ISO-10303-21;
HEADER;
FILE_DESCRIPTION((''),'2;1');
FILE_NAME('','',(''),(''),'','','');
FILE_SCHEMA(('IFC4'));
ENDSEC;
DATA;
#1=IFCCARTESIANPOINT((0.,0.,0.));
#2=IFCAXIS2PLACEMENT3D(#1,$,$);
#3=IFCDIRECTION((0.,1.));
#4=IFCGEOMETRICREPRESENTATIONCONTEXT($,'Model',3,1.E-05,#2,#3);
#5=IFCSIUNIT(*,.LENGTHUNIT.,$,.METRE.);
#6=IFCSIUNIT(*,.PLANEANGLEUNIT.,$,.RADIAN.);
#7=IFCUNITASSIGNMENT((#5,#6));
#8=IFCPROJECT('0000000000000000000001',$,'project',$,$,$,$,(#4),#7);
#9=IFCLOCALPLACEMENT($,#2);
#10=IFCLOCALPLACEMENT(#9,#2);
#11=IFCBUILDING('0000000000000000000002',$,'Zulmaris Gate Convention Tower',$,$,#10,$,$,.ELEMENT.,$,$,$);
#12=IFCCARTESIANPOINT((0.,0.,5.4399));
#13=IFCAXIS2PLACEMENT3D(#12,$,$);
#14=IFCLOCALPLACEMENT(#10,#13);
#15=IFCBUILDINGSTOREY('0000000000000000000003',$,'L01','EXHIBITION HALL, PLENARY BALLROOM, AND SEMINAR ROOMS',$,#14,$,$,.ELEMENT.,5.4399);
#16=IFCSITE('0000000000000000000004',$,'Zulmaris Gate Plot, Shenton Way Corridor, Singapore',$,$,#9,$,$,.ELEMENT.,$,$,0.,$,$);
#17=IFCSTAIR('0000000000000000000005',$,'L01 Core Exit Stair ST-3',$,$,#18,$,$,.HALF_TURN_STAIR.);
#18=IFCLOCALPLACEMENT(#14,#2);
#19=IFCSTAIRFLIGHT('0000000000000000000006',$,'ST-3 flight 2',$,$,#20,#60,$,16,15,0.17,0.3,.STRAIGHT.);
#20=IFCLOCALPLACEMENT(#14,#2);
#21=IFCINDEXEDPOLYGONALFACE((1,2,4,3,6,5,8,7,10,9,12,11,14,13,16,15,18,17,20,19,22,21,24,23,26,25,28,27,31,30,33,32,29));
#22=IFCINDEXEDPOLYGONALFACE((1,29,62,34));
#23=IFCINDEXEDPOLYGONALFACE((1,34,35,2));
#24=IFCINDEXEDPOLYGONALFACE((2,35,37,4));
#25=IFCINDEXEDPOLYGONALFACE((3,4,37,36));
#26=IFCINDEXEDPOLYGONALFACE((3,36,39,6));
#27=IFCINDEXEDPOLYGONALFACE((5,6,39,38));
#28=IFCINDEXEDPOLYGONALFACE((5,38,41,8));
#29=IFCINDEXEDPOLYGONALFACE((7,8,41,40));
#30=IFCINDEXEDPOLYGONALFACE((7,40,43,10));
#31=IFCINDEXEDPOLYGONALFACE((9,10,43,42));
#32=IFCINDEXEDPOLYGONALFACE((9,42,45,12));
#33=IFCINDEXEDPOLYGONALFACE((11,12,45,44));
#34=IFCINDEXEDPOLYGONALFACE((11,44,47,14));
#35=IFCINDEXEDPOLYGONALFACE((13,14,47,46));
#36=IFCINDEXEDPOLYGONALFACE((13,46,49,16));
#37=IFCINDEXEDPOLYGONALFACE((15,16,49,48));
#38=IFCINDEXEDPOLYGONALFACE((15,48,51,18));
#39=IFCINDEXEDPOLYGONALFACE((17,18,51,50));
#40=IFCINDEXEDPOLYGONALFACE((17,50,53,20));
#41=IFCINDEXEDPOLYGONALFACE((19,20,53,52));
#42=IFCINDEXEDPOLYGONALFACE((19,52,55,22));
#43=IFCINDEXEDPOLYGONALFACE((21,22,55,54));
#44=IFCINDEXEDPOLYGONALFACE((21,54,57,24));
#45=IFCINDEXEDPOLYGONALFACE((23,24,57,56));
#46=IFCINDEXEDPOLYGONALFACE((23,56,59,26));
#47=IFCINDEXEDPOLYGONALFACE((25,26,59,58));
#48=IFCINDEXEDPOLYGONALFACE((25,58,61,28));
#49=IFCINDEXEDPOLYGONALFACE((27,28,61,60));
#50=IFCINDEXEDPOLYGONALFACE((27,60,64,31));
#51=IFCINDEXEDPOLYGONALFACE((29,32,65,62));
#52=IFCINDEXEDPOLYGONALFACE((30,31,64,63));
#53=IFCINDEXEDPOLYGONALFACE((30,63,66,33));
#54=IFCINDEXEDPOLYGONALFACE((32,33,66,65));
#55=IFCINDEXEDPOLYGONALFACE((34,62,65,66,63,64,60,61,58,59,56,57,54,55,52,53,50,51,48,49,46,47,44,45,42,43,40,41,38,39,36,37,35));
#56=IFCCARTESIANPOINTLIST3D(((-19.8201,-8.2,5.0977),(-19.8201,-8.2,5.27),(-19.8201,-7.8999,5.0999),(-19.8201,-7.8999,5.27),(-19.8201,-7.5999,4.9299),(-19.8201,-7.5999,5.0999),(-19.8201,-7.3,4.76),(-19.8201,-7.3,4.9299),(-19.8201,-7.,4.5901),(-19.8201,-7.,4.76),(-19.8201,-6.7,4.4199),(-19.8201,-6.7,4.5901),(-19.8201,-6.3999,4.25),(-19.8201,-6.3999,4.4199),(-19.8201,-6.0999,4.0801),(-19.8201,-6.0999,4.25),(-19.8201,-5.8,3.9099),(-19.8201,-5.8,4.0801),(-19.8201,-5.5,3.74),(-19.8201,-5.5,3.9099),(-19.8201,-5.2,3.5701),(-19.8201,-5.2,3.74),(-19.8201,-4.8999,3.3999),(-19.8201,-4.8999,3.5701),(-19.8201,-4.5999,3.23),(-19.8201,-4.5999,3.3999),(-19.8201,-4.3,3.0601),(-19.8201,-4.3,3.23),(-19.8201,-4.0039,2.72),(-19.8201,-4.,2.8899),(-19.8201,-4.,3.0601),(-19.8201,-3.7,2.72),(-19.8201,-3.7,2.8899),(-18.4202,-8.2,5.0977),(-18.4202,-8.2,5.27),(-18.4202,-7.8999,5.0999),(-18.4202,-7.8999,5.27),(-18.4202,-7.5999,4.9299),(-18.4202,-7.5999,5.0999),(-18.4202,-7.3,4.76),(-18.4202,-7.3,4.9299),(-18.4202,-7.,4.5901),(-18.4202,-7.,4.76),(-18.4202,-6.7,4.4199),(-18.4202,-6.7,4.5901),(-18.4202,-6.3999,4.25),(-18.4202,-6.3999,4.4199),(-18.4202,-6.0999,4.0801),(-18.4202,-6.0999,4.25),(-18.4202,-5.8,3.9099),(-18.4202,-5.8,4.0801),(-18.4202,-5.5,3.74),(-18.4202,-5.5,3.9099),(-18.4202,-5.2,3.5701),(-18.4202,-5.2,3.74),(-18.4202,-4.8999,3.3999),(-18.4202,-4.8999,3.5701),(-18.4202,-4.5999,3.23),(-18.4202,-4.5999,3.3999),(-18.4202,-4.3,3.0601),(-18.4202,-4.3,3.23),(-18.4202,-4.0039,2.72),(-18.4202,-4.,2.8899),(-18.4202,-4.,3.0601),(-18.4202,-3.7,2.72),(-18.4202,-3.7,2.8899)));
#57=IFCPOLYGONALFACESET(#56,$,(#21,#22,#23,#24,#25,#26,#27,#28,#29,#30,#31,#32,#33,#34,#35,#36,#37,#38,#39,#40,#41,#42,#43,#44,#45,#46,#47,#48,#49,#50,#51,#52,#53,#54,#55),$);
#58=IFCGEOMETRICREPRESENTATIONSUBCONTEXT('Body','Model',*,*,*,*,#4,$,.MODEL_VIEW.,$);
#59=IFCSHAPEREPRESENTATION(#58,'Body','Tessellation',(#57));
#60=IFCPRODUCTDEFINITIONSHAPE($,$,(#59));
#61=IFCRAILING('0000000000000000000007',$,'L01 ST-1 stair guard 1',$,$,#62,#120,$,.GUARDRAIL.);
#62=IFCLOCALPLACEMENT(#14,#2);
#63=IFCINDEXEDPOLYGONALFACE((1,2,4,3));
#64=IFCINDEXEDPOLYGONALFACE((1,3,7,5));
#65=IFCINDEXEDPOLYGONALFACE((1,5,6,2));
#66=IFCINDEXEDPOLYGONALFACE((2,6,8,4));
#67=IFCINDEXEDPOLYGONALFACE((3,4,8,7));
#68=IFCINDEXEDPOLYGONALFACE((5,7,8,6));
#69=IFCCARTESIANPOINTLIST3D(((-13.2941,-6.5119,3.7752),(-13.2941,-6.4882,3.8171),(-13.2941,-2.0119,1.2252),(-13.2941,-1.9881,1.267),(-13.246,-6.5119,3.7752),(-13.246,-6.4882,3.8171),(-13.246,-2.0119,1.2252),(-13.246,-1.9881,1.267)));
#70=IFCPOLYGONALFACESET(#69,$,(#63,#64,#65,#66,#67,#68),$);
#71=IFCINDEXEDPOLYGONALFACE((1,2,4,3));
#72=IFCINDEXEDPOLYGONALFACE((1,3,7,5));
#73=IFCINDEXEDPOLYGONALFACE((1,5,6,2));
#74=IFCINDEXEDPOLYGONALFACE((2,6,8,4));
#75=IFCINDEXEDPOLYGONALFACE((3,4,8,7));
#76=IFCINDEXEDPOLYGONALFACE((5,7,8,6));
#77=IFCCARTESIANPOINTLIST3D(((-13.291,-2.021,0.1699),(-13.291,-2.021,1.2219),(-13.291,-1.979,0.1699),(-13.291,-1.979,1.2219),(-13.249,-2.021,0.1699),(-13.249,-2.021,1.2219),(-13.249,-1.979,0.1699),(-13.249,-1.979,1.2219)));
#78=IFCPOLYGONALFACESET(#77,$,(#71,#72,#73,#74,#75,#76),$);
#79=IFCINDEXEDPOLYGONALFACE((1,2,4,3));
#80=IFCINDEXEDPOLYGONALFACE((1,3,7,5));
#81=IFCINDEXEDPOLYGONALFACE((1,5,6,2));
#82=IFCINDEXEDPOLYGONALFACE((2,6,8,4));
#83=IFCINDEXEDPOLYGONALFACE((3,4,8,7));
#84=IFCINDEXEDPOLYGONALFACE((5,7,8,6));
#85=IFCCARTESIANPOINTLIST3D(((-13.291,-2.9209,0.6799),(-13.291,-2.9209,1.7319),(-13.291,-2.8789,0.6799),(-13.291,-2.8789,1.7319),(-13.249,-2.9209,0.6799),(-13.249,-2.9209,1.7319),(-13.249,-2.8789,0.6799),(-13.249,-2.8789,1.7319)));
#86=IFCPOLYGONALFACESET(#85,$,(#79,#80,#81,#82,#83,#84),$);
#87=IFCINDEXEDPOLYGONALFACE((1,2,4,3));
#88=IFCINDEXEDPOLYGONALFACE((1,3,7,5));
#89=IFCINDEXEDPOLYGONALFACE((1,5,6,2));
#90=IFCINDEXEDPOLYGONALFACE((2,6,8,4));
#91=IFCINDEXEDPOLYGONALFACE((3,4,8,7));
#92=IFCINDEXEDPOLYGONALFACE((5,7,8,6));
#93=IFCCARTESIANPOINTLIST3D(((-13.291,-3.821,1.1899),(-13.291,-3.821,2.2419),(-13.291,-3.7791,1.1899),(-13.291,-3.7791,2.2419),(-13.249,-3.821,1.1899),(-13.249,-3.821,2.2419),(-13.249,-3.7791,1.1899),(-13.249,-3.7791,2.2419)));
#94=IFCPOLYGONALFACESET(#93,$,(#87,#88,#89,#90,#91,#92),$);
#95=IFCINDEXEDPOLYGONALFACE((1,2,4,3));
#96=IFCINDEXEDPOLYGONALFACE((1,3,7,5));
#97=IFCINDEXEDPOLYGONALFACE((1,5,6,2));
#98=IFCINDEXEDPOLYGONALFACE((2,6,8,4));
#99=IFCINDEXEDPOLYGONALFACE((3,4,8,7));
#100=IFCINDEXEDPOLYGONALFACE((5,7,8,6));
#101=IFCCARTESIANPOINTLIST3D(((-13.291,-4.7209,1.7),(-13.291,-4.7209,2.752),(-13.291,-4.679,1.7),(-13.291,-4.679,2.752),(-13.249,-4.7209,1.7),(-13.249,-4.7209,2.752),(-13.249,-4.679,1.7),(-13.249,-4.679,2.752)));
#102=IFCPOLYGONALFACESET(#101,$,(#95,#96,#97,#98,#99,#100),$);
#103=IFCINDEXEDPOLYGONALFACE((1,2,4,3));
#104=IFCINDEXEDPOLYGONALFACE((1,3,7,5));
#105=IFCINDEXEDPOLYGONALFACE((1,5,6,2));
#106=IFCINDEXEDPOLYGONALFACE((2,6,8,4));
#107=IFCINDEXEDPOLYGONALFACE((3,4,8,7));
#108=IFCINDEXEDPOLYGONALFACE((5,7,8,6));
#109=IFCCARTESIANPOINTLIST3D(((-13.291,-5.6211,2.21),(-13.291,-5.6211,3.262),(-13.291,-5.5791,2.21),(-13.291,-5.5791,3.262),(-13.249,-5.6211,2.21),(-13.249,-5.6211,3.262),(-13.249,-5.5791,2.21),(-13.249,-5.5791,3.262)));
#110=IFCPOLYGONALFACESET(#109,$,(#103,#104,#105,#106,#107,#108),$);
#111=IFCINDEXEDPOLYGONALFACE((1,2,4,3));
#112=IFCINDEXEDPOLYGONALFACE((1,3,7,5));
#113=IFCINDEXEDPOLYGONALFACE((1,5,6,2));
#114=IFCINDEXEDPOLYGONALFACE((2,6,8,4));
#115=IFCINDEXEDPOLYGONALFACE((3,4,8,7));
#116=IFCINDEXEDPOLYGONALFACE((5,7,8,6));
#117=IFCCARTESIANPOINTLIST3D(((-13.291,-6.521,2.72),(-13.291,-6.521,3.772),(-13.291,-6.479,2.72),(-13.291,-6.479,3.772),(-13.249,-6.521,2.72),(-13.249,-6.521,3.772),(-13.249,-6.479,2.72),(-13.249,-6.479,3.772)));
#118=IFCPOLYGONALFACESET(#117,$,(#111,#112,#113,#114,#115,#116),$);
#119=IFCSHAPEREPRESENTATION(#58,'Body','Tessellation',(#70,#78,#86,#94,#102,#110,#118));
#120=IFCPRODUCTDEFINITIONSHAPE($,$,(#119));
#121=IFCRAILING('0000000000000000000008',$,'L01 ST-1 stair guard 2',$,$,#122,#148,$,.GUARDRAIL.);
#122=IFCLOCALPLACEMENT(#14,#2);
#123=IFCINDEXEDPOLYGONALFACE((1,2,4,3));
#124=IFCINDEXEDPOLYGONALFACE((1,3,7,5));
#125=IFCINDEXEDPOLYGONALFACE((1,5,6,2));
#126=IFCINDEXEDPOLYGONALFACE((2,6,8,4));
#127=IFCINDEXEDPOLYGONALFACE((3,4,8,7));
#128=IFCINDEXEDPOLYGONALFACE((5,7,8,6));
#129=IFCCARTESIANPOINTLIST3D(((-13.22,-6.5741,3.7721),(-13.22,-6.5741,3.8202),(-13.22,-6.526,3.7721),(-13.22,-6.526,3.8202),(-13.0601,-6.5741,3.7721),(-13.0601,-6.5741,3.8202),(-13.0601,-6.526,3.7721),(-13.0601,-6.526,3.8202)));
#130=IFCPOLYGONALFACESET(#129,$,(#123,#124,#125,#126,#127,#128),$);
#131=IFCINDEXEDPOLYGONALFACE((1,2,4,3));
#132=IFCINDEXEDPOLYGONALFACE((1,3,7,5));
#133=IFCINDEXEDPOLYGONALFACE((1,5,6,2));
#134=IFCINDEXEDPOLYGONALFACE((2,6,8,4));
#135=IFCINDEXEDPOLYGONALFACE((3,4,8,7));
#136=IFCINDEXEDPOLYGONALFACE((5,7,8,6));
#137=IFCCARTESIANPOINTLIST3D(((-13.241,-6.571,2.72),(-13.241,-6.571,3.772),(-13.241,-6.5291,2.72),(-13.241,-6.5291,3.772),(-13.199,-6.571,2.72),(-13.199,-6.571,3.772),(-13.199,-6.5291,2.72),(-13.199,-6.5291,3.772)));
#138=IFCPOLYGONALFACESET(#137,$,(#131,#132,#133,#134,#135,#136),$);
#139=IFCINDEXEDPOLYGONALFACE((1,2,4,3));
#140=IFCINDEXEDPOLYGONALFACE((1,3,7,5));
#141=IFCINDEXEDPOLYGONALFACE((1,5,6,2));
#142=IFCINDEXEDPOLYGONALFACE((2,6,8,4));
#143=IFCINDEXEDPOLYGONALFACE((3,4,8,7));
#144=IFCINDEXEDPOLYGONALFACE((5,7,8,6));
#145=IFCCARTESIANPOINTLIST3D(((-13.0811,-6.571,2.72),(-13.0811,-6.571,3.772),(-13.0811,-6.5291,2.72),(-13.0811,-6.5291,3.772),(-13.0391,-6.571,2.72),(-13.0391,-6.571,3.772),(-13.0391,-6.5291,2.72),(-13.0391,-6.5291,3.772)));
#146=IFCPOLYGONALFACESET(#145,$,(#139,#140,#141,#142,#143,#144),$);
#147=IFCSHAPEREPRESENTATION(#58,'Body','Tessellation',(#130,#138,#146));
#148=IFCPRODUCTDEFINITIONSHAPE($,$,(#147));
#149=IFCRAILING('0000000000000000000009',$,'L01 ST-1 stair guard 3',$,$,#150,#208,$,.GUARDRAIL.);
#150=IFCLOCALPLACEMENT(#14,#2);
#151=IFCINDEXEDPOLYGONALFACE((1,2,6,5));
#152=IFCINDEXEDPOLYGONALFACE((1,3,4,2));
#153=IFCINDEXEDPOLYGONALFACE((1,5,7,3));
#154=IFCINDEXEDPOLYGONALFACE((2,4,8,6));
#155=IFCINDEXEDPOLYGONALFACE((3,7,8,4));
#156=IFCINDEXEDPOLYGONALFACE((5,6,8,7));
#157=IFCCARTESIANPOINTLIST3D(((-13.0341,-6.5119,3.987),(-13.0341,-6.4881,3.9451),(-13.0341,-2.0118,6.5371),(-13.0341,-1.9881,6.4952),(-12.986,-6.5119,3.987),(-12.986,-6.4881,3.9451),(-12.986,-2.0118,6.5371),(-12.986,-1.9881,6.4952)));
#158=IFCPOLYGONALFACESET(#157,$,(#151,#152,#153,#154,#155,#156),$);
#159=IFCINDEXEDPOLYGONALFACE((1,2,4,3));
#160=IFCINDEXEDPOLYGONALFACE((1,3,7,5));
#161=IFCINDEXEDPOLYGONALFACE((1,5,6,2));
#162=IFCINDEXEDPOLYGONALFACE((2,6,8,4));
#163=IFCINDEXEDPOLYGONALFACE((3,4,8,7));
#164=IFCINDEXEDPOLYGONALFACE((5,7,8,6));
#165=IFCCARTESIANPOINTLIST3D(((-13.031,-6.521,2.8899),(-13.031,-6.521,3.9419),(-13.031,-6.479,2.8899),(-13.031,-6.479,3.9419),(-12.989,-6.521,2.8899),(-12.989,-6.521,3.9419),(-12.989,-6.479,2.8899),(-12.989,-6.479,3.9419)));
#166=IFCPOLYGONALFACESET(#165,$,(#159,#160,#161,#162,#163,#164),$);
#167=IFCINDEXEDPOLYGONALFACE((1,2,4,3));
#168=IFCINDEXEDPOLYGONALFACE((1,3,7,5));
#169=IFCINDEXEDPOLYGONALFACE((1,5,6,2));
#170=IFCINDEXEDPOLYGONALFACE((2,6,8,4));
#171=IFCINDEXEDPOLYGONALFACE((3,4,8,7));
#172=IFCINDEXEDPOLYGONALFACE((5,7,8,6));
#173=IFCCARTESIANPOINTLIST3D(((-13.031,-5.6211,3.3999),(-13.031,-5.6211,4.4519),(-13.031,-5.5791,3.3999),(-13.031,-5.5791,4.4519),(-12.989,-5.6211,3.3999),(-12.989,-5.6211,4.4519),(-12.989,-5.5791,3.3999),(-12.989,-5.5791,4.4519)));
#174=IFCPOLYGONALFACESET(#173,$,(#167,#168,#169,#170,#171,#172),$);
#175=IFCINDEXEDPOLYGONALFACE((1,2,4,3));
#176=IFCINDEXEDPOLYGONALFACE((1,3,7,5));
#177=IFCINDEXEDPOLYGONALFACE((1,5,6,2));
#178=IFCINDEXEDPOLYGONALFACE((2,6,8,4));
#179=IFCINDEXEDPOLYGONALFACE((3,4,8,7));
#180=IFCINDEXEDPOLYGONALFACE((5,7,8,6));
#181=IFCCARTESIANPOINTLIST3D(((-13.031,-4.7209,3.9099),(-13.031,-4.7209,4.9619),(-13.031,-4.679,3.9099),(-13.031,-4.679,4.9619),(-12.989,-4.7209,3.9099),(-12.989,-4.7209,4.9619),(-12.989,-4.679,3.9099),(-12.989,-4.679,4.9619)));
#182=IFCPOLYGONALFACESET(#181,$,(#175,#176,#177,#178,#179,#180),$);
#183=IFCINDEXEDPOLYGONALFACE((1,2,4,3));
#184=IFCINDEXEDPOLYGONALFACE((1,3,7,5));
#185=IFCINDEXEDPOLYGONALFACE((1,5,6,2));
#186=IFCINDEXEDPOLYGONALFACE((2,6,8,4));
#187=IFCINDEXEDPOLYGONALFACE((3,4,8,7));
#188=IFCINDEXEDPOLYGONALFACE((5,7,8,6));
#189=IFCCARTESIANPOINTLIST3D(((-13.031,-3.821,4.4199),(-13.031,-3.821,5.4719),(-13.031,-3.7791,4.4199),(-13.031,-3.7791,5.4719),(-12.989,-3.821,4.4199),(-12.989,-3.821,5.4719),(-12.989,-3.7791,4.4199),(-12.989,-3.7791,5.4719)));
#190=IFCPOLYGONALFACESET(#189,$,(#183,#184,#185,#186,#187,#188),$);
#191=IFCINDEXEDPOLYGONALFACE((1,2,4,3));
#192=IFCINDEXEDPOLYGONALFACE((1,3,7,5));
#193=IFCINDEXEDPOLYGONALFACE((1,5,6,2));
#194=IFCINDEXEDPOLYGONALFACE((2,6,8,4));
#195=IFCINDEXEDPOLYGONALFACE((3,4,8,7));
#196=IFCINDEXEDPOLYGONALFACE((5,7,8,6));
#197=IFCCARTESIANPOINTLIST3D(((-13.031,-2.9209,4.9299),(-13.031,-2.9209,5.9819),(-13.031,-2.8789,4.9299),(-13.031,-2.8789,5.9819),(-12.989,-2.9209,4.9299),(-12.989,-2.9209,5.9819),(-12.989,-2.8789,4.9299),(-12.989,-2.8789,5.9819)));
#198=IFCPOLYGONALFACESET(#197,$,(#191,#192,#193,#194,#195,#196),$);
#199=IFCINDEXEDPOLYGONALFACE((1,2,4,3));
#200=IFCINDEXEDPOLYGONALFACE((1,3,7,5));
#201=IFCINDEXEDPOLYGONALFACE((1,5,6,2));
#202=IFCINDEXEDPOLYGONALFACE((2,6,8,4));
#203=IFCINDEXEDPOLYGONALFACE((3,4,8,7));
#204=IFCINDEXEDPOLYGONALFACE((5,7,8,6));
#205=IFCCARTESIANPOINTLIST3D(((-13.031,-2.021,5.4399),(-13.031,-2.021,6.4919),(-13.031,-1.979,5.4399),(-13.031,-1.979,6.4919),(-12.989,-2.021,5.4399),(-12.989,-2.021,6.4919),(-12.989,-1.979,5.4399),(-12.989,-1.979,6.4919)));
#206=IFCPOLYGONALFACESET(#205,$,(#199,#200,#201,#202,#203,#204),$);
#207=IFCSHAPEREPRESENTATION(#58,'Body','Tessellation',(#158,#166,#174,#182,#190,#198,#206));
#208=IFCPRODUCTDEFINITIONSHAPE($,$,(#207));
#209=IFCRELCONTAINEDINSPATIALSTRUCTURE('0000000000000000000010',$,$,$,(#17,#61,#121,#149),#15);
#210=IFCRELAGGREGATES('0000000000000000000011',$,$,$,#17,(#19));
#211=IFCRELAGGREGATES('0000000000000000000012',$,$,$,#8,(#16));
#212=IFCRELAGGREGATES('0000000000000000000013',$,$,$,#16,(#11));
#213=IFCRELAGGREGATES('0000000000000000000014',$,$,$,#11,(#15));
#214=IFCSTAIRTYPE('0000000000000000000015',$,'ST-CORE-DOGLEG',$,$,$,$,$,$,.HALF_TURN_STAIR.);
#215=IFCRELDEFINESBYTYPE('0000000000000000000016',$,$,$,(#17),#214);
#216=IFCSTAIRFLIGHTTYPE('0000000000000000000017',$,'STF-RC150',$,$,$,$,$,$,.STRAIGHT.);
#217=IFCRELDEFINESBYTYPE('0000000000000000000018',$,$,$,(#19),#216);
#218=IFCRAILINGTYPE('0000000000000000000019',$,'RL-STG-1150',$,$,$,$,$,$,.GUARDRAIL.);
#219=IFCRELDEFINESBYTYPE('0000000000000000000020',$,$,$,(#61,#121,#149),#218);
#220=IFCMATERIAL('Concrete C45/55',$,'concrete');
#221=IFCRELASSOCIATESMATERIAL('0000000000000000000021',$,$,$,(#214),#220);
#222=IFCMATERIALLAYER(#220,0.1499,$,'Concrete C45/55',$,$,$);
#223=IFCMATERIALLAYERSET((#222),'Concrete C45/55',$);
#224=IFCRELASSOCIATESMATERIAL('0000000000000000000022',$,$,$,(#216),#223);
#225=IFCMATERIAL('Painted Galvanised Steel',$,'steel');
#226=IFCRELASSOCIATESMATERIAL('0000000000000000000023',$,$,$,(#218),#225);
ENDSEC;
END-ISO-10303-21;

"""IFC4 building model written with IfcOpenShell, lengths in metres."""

from ifc_helpers import new_model, si_unit, direction, frame, origin, origin_2d, place, context, subcontext, project, spatial, polyline, rectangle, outline, extrude, material, layer, layer_set, type_object, element, aggregate, save


model = new_model("IFC4")

# Units and contexts
model_context = context("Model", 3, precision=1e-05, world=origin(), true_north=direction((0.0, 1.0)))
body_context = subcontext(model_context, "Body", "Model", "MODEL_VIEW")
ifc_project = project(units=[si_unit("LENGTHUNIT", "METRE"), si_unit("PLANEANGLEUNIT", "RADIAN")], contexts=[model_context])

# Site, building, storey
site_placement = place(None, origin())
site = spatial("IfcSite", under=ifc_project, at=site_placement, Name="Zulmaris Gate Plot, Shenton Way Corridor, Singapore", CompositionType="ELEMENT", RefElevation=0.0)
building_placement = place(site_placement, origin())
building = spatial("IfcBuilding", under=site, at=building_placement, Name="Zulmaris Gate Convention Tower", CompositionType="ELEMENT")
storey_placement = place(building_placement, frame((0.0, 0.0, 5.4399)))
storey = spatial("IfcBuildingStorey", under=building, at=storey_placement, Name="L01", Description="EXHIBITION HALL, PLENARY BALLROOM, AND SEMINAR ROOMS", CompositionType="ELEMENT", Elevation=5.4399)

# Stair, stair flight
ifc_material_1 = material(Name="Concrete C45/55", Category="concrete")
stair_type = type_object("IfcStairType", Name="ST-CORE-DOGLEG", PredefinedType="HALF_TURN_STAIR", material=ifc_material_1)
ifc_layer_1 = layer(ifc_material_1, 0.1499, Name="Concrete C45/55")
ifc_layer_set_1 = layer_set([ifc_layer_1], Name="Concrete C45/55")
stair_flight_type = type_object("IfcStairFlightType", Name="STF-RC150", PredefinedType="STRAIGHT", material=ifc_layer_set_1)
stair_1_placement = place(storey_placement, origin())
stair_1 = element("IfcStair", 1, at=stair_1_placement, inside=storey, type_object=stair_type, Name="L01 Core Exit Stair ST-3", PredefinedType="HALF_TURN_STAIR")
stair_flight_1_placement = place(storey_placement, frame((-19.1201, -3.7, 2.72), z_axis=(0.0, 0.0, 1.0), x_axis=(0.0, -1.0, 0.0)))
stair_flight_1 = element("IfcStairFlight", 2, at=stair_flight_1_placement, type_object=stair_flight_type, Name="ST-3 flight 2", NumberOfRisers=16, NumberOfTreads=15, PredefinedType="STRAIGHT", RiserHeight=0.17, TreadLength=0.3, context=body_context, shape_type="SweptSolid", body=[
    extrude(outline(polyline([(0.0, 0.0), (0.0, 0.1699), (0.3, 0.1699), (0.3, 0.3401), (0.6001, 0.3401), (0.6001, 0.51), (0.8999, 0.51), (0.8999, 0.6799), (1.2, 0.6799), (1.2, 0.8501), (1.5, 0.8501), (1.5, 1.02), (1.8, 1.02), (1.8, 1.1899), (2.1001, 1.1899), (2.1001, 1.3601), (2.3999, 1.3601), (2.3999, 1.53), (2.7, 1.53), (2.7, 1.7), (3.0, 1.7), (3.0, 1.8701), (3.3, 1.8701), (3.3, 2.04), (3.6001, 2.04), (3.6001, 2.21), (3.8999, 2.21), (3.8999, 2.3799), (4.2, 2.3799), (4.2, 2.55), (4.5, 2.55), (4.5, 2.72), (4.5, 2.3777), (0.304, 0.0), (0.0, 0.0)])), frame((0.0, 0.7, 0.0), z_axis=(0.0, -1.0, 0.0), x_axis=(1.0, 0.0, 0.0)), (0.0, 0.0, 1.0), 1.3999),
])
aggregate(stair_1, [stair_flight_1])

# Railings
ifc_material_2 = material(Name="Painted Galvanised Steel", Category="steel")
railing_type_1 = type_object("IfcRailingType", Name="RL-STG-1150", PredefinedType="GUARDRAIL", material=ifc_material_2)
railing_1_placement = place(storey_placement, frame((-13.27, -2.0, 0.1699)))
element("IfcRailing", 3, at=railing_1_placement, inside=storey, type_object=railing_type_1, Name="L01 ST-1 stair guard 1", PredefinedType="GUARDRAIL", context=body_context, shape_type="SweptSolid", body=[
    extrude(rectangle(XDim=0.0481, YDim=0.0481, at=origin_2d()), frame((0.0, 0.0, 1.0762), z_axis=(0.0, -0.870018, 0.49302), x_axis=(1.0, 0.0, 0.0)), (0.0, 0.0, 1.0), 5.1724),
    extrude(rectangle(XDim=0.042, YDim=0.042, at=origin_2d()), origin(), (0.0, 0.0, 1.0), 1.052),
    extrude(rectangle(XDim=0.042, YDim=0.042, at=origin_2d()), frame((0.0, -0.8999, 0.51)), (0.0, 0.0, 1.0), 1.052),
    extrude(rectangle(XDim=0.042, YDim=0.042, at=origin_2d()), frame((0.0, -1.8, 1.02)), (0.0, 0.0, 1.0), 1.052),
    extrude(rectangle(XDim=0.042, YDim=0.042, at=origin_2d()), frame((0.0, -2.7, 1.53)), (0.0, 0.0, 1.0), 1.052),
    extrude(rectangle(XDim=0.042, YDim=0.042, at=origin_2d()), frame((0.0, -3.6001, 2.04)), (0.0, 0.0, 1.0), 1.052),
    extrude(rectangle(XDim=0.042, YDim=0.042, at=origin_2d()), frame((0.0, -4.5, 2.55)), (0.0, 0.0, 1.0), 1.052),
])
railing_2_placement = place(storey_placement, frame((-13.22, -6.55, 2.72)))
element("IfcRailing", 4, at=railing_2_placement, inside=storey, type_object=railing_type_1, Name="L01 ST-1 stair guard 2", PredefinedType="GUARDRAIL", context=body_context, shape_type="SweptSolid", body=[
    extrude(rectangle(XDim=0.0481, YDim=0.0481, at=origin_2d()), frame((0.0, 0.0, 1.0762), z_axis=(1.0, 0.0, 0.0), x_axis=(0.0, 1.0, 0.0)), (0.0, 0.0, 1.0), 0.1599),
    extrude(rectangle(XDim=0.042, YDim=0.042, at=origin_2d()), origin(), (0.0, 0.0, 1.0), 1.052),
    extrude(rectangle(XDim=0.042, YDim=0.042, at=origin_2d()), frame((0.1599, 0.0, 0.0)), (0.0, 0.0, 1.0), 1.052),
])
railing_3_placement = place(storey_placement, frame((-13.01, -6.5, 2.8899)))
element("IfcRailing", 5, at=railing_3_placement, inside=storey, type_object=railing_type_1, Name="L01 ST-1 stair guard 3", PredefinedType="GUARDRAIL", context=body_context, shape_type="SweptSolid", body=[
    extrude(rectangle(XDim=0.0481, YDim=0.0481, at=origin_2d()), frame((0.0, 0.0, 1.0762), z_axis=(0.0, 0.870018, 0.49302), x_axis=(-1.0, 0.0, 0.0)), (0.0, 0.0, 1.0), 5.1724),
    extrude(rectangle(XDim=0.042, YDim=0.042, at=origin_2d()), origin(), (0.0, 0.0, 1.0), 1.052),
    extrude(rectangle(XDim=0.042, YDim=0.042, at=origin_2d()), frame((0.0, 0.8999, 0.51)), (0.0, 0.0, 1.0), 1.052),
    extrude(rectangle(XDim=0.042, YDim=0.042, at=origin_2d()), frame((0.0, 1.8, 1.02)), (0.0, 0.0, 1.0), 1.052),
    extrude(rectangle(XDim=0.042, YDim=0.042, at=origin_2d()), frame((0.0, 2.7, 1.53)), (0.0, 0.0, 1.0), 1.052),
    extrude(rectangle(XDim=0.042, YDim=0.042, at=origin_2d()), frame((0.0, 3.6001, 2.04)), (0.0, 0.0, 1.0), 1.052),
    extrude(rectangle(XDim=0.042, YDim=0.042, at=origin_2d()), frame((0.0, 4.5, 2.55)), (0.0, 0.0, 1.0), 1.052),
])

save(model, "model.ifc")
